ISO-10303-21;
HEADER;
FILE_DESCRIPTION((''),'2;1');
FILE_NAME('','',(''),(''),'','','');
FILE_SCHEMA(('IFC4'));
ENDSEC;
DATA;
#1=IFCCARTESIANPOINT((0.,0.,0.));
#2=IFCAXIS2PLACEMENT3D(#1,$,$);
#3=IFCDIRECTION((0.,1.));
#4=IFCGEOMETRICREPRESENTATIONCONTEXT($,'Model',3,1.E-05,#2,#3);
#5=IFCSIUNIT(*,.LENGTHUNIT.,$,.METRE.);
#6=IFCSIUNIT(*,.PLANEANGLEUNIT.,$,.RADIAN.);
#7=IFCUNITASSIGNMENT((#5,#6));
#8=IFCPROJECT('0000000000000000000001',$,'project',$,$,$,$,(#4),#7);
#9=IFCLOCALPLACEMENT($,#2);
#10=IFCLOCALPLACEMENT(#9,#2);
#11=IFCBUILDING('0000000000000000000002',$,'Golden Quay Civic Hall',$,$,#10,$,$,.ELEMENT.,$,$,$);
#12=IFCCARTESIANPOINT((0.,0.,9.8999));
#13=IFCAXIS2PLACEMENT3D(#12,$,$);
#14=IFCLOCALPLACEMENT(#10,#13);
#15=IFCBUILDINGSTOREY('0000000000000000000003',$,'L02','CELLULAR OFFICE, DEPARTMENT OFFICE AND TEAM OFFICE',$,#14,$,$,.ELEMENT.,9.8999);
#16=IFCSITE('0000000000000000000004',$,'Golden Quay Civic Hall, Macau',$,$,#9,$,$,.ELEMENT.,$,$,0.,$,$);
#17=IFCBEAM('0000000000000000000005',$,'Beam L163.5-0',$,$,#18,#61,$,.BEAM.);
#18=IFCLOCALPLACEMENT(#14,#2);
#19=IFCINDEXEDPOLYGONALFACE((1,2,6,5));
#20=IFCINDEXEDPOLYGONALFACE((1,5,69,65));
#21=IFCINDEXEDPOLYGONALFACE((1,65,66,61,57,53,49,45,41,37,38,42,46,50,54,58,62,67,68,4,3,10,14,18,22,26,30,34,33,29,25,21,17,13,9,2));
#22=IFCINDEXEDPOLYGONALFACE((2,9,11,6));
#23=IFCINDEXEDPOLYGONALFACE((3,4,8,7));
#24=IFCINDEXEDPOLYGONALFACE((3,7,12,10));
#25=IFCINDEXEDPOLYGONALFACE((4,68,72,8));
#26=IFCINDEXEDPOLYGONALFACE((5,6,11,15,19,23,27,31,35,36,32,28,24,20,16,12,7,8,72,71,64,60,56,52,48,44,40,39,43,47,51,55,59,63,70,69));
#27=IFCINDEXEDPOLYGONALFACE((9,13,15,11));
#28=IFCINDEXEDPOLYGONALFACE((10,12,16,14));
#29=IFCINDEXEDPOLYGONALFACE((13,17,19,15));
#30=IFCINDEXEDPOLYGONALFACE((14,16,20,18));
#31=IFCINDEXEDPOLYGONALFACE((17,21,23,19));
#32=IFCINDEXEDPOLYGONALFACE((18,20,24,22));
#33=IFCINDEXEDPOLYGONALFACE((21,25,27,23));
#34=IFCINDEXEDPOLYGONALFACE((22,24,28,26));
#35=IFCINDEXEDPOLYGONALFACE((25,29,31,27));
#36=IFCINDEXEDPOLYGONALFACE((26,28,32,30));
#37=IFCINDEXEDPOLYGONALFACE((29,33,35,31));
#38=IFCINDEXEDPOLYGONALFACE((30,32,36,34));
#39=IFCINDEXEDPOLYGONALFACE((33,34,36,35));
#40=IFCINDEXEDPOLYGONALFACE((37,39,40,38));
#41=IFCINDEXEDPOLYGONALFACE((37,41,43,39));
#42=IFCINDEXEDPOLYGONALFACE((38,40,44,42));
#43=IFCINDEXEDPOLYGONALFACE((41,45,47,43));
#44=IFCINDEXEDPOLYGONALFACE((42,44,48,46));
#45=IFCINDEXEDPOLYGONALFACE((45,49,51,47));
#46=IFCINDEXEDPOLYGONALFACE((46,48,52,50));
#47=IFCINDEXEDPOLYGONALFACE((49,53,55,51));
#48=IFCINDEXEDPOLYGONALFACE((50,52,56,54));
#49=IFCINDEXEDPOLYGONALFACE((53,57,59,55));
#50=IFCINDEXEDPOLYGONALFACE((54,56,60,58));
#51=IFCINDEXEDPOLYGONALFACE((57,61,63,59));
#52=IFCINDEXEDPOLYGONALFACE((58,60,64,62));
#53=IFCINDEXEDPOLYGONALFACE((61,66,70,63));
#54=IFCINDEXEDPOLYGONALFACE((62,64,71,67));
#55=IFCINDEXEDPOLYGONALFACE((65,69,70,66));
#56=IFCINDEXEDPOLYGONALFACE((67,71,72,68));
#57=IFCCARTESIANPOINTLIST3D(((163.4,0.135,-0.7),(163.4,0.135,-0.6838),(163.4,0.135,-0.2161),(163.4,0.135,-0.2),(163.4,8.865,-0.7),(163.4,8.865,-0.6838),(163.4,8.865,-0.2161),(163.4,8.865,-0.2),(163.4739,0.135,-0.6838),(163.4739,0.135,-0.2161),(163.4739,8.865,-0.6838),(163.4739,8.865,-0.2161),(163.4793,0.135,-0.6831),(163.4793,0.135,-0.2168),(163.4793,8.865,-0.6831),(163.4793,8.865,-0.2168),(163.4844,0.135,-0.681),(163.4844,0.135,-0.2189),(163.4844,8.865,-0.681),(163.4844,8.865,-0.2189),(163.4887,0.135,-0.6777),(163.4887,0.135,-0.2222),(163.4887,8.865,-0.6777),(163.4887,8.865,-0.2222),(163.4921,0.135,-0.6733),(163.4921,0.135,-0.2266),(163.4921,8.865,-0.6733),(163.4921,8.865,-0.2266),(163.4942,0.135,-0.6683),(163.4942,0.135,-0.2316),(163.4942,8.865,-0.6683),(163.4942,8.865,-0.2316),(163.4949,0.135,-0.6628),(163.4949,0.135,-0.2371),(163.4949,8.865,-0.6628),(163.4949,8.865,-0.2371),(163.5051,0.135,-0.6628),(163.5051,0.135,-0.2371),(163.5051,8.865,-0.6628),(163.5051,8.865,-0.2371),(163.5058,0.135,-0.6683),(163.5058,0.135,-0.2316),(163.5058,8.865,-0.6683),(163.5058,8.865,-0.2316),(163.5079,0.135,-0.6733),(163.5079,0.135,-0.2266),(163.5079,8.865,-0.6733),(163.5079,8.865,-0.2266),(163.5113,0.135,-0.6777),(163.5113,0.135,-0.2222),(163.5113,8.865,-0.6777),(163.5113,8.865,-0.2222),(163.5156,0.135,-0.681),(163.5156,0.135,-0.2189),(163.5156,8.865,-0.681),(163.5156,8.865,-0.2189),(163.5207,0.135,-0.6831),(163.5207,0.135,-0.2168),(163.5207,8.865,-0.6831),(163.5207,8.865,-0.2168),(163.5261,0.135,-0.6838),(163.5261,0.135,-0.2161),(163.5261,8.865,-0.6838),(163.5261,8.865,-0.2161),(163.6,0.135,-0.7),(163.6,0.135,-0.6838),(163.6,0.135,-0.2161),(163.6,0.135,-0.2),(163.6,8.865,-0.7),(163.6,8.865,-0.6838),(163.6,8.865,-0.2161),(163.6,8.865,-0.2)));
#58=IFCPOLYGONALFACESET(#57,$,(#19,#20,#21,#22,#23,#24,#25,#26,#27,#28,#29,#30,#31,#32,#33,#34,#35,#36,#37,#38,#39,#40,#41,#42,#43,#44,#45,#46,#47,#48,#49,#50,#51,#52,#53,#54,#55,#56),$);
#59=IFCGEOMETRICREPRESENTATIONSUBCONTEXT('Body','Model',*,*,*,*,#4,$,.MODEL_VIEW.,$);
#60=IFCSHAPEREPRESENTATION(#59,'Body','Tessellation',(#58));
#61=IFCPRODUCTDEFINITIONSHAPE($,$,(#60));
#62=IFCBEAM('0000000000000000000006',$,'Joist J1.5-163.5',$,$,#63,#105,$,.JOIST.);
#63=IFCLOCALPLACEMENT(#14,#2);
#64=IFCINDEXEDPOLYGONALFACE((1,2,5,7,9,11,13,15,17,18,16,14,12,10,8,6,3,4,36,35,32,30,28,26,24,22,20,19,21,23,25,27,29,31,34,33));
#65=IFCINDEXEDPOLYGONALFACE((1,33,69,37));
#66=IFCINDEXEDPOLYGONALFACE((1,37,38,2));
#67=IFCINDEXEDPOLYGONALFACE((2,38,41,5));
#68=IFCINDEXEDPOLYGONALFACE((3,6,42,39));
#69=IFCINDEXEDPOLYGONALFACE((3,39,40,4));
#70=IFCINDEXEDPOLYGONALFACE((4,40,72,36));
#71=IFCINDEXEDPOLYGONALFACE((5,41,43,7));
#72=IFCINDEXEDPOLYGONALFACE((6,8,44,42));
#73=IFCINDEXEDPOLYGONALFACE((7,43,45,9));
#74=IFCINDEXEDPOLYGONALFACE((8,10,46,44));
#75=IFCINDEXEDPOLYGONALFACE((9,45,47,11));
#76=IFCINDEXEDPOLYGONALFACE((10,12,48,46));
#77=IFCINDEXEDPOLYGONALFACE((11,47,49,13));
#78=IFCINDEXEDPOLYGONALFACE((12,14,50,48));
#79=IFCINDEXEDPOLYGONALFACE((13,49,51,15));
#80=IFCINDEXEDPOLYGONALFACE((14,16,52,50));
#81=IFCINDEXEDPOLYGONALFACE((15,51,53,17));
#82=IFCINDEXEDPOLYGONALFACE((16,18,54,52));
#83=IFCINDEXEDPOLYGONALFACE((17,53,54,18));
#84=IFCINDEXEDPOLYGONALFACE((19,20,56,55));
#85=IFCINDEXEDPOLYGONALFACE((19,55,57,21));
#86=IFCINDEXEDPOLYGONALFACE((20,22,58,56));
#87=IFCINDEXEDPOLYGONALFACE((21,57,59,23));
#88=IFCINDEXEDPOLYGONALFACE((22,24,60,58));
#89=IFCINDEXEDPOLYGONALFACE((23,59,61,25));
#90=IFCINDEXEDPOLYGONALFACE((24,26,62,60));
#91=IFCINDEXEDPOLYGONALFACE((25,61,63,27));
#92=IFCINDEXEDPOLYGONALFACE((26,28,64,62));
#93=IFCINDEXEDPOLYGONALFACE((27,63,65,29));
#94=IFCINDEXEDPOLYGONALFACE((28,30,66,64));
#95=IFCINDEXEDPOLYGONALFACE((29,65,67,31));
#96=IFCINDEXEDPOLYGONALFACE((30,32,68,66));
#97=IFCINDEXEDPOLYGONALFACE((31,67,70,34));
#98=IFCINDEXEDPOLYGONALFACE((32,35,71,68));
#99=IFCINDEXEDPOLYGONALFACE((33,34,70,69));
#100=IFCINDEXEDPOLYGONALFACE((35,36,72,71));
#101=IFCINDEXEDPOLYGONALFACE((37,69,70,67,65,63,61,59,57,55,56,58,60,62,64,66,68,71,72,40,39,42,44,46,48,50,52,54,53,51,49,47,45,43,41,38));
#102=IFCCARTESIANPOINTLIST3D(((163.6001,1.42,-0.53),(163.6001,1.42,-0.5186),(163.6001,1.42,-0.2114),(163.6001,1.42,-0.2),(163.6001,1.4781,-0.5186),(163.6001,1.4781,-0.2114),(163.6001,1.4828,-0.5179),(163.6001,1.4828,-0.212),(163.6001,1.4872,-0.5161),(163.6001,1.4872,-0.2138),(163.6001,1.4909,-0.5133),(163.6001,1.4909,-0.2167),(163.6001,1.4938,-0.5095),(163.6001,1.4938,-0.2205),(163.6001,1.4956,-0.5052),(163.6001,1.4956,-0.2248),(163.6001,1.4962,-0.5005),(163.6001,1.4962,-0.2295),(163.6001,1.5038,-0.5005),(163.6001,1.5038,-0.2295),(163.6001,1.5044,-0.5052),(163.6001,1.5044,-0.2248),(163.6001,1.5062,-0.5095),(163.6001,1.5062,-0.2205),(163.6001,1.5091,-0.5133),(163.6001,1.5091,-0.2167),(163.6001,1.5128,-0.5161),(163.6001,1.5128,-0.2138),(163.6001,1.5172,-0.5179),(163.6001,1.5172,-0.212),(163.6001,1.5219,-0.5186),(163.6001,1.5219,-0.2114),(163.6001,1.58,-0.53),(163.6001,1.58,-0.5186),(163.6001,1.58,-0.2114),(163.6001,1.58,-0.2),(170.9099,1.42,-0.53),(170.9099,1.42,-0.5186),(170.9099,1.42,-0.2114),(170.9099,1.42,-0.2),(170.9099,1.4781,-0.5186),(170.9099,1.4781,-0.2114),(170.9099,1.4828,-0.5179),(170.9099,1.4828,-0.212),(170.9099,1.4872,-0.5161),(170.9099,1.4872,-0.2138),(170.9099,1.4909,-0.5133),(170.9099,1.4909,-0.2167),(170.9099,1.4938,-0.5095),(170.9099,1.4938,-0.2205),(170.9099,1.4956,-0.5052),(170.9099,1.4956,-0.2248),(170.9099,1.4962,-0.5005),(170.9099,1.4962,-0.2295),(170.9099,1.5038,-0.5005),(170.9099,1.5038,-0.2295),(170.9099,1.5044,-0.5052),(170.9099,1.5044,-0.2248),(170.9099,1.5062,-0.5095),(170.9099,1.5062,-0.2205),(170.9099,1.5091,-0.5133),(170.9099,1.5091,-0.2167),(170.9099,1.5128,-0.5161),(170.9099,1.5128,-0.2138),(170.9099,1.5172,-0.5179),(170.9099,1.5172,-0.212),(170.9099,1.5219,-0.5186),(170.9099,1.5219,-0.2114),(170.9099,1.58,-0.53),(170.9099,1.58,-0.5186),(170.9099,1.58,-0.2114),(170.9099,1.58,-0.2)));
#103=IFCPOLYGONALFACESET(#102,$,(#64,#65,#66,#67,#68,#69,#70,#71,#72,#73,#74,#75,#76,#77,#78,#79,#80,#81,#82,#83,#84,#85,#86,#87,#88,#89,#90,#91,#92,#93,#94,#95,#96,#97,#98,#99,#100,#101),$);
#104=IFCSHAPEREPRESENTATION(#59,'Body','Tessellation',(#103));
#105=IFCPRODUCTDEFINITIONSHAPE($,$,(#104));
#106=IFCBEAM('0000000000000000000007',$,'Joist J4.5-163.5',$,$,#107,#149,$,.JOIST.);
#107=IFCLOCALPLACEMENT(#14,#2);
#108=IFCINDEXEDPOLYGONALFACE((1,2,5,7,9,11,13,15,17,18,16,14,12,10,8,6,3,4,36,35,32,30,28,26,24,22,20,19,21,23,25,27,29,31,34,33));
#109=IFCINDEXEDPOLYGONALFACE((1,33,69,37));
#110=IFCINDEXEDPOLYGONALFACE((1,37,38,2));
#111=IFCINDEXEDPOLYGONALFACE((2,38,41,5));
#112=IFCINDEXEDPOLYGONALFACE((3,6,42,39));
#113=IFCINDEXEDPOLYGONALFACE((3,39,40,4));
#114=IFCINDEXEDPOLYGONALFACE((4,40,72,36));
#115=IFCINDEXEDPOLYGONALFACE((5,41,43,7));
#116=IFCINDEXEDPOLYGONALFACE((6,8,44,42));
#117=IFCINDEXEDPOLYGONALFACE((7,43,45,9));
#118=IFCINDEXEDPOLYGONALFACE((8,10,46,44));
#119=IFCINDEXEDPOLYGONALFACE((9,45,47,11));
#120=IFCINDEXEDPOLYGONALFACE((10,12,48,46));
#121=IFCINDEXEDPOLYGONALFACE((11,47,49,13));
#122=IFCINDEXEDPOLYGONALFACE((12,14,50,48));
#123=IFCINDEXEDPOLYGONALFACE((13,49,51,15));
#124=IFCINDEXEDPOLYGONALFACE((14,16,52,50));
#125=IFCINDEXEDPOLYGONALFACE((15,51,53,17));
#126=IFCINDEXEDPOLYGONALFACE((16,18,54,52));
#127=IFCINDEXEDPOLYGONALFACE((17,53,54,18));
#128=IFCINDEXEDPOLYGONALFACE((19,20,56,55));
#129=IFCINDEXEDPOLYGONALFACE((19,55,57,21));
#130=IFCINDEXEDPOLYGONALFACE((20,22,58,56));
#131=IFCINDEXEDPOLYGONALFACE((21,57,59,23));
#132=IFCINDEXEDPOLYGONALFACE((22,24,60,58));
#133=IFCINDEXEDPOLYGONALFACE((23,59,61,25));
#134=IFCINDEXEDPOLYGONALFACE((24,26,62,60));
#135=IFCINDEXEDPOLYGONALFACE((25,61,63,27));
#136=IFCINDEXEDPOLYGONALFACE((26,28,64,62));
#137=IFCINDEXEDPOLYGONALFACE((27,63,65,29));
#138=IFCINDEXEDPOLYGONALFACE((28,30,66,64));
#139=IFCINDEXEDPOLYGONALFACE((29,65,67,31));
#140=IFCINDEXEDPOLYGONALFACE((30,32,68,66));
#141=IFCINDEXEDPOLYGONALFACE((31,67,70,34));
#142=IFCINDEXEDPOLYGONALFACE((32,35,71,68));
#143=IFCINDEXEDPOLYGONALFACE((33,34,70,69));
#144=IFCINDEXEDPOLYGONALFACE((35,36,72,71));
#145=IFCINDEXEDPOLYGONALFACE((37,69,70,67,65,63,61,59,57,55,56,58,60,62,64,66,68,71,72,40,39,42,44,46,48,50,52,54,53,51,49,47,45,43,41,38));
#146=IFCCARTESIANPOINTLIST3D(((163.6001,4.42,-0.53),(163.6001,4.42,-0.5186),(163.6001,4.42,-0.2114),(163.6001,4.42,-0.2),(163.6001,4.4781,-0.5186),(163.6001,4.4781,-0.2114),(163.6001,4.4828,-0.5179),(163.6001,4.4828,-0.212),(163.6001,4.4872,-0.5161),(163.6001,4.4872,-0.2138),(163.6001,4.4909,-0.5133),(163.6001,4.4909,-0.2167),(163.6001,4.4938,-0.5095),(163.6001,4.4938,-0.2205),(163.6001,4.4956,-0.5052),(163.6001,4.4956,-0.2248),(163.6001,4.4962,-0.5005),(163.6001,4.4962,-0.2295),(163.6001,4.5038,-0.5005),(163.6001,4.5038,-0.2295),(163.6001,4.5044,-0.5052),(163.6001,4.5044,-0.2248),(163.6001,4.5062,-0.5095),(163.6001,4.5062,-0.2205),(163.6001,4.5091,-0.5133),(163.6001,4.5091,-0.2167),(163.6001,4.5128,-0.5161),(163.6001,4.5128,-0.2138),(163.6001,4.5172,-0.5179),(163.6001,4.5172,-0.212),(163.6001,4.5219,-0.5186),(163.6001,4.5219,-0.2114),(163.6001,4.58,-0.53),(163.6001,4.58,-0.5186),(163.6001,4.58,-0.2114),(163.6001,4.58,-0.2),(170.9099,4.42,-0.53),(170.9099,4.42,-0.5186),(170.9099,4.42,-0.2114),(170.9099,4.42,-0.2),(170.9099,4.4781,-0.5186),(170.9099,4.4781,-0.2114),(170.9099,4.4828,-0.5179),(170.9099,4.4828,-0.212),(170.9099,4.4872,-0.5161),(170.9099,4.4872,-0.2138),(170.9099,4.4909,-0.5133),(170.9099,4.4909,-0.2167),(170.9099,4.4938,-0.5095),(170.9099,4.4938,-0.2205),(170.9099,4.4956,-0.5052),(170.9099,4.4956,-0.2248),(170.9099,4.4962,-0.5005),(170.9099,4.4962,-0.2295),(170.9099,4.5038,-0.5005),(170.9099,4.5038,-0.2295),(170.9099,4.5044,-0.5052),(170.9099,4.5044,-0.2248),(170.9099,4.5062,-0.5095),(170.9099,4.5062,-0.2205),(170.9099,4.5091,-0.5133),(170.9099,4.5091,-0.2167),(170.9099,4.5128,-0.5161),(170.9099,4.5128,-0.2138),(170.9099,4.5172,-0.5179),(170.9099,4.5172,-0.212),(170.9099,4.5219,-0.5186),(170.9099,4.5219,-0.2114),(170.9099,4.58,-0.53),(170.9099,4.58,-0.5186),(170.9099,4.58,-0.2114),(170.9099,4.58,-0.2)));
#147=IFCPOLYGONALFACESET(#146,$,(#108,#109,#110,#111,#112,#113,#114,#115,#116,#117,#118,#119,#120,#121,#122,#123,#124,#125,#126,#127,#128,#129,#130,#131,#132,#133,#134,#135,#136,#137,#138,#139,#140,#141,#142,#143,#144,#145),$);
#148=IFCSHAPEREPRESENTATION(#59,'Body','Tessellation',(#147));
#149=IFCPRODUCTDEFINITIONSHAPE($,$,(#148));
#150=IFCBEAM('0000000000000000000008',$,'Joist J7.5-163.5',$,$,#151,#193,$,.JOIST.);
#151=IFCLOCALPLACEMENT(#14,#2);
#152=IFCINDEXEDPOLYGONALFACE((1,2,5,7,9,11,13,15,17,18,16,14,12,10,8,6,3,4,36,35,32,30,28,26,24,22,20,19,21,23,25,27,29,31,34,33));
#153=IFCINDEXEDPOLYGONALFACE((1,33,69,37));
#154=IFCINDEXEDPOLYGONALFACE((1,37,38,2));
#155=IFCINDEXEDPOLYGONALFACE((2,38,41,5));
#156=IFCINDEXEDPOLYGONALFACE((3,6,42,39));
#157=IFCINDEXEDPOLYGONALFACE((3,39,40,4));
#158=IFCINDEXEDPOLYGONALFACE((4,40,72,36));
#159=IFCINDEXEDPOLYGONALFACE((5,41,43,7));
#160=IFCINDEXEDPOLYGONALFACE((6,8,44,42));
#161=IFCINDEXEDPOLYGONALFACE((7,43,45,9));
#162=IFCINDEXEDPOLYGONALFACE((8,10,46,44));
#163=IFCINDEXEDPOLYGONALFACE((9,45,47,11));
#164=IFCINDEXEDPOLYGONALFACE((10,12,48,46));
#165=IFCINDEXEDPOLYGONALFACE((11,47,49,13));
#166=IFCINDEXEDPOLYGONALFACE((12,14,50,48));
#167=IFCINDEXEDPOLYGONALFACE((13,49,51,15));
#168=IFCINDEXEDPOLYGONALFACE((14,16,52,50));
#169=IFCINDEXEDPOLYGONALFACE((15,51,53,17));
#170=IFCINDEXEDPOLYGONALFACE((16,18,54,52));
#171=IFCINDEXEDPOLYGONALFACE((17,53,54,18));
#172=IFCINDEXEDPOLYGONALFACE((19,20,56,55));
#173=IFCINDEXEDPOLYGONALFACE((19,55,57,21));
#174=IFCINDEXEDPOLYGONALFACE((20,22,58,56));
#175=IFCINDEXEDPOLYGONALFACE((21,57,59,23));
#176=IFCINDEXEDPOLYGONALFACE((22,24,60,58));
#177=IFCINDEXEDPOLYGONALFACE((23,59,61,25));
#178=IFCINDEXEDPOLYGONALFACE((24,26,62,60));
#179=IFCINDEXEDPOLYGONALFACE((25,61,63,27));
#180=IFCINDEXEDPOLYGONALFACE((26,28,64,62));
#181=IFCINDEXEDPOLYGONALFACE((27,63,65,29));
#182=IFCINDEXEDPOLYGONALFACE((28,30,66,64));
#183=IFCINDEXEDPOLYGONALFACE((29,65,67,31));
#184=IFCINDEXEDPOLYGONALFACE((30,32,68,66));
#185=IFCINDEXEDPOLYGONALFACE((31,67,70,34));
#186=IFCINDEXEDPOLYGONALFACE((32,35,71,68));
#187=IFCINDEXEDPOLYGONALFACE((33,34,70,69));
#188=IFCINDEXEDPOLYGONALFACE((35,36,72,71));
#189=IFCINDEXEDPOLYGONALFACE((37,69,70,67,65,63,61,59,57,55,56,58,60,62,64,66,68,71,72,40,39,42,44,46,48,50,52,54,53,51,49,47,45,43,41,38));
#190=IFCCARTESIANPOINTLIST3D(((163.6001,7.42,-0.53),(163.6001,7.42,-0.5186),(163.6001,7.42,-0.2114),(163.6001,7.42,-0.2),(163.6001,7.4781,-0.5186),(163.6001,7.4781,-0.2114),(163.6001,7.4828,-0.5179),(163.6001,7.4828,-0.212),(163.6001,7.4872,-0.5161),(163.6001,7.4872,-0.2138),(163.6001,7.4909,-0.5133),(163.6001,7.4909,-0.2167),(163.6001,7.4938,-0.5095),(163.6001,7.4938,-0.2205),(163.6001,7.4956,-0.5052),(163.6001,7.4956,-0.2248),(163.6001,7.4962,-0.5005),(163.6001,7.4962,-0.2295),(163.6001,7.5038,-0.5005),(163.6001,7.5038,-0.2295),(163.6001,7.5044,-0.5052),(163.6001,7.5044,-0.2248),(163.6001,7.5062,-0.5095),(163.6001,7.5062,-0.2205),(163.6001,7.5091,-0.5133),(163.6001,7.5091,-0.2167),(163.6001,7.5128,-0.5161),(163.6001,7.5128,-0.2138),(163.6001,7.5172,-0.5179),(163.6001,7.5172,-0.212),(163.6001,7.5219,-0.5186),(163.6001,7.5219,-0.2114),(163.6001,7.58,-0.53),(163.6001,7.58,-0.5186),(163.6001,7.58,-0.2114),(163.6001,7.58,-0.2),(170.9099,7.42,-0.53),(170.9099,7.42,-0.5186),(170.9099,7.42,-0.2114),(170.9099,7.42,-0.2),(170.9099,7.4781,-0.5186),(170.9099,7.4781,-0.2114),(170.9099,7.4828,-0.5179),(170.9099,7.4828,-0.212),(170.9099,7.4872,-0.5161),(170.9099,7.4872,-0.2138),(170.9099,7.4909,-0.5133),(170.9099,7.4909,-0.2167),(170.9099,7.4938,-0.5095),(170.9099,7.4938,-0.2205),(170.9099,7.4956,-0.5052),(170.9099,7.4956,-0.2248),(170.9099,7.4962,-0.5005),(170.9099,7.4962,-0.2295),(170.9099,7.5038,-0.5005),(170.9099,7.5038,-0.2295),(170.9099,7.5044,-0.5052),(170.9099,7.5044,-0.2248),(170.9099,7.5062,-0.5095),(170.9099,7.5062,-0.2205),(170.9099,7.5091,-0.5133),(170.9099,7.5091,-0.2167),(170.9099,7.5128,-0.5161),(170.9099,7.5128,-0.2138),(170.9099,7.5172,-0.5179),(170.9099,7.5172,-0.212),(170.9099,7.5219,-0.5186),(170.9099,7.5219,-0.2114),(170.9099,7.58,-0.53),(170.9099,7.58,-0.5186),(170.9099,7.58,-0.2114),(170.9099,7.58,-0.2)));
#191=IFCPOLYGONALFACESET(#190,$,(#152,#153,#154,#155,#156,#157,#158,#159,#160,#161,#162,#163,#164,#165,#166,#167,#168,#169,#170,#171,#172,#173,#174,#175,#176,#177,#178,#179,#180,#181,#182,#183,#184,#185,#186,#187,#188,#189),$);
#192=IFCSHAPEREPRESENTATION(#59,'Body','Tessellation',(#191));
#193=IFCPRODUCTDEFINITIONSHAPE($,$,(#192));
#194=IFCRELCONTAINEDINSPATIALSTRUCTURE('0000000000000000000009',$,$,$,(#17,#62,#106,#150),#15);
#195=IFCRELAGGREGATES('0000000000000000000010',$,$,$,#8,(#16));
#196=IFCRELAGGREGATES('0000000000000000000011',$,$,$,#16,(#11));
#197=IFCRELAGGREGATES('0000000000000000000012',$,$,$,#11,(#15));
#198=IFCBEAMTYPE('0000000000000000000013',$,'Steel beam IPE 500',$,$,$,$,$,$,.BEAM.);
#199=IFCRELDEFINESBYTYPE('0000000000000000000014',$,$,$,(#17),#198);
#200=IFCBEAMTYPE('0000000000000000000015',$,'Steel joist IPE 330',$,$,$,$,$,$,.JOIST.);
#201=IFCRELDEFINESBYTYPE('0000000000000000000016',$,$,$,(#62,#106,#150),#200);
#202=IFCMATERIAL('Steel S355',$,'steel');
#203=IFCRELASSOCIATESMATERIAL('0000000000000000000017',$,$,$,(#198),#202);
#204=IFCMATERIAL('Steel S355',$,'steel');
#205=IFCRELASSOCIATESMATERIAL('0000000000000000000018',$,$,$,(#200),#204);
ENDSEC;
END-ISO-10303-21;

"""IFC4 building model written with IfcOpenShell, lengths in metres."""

from ifc_helpers import new_model, si_unit, direction, frame, origin, origin_2d, place, context, subcontext, project, spatial, i_section, extrude, material, material_profile, profile_set, type_object, element, save


model = new_model("IFC4")

# Units and contexts
model_context = context("Model", 3, precision=1e-05, world=origin(), true_north=direction((0.0, 1.0)))
body_context = subcontext(model_context, "Body", "Model", "MODEL_VIEW")
ifc_project = project(units=[si_unit("LENGTHUNIT", "METRE"), si_unit("PLANEANGLEUNIT", "RADIAN")], contexts=[model_context])

# Site, building, storey
site_placement = place(None, origin())
site = spatial("IfcSite", under=ifc_project, at=site_placement, Name="Golden Quay Civic Hall, Macau", CompositionType="ELEMENT", RefElevation=0.0)
building_placement = place(site_placement, origin())
building = spatial("IfcBuilding", under=site, at=building_placement, Name="Golden Quay Civic Hall", CompositionType="ELEMENT")
storey_placement = place(building_placement, frame((0.0, 0.0, 9.8999)))
storey = spatial("IfcBuildingStorey", under=building, at=storey_placement, Name="L02", Description="CELLULAR OFFICE, DEPARTMENT OFFICE AND TEAM OFFICE", CompositionType="ELEMENT", Elevation=9.8999)

# Beams
ifc_material_1 = material(Name="Steel S355", Category="steel")
ifc_material_profile_1 = material_profile(ifc_material_1, i_section(OverallWidth=0.2, OverallDepth=0.5, WebThickness=0.0103, FlangeThickness=0.0161, FilletRadius=0.021, at=origin_2d()), Name="IPE 500")
ifc_profile_set_1 = profile_set([ifc_material_profile_1], Name="Steel S355")
beam_type_1 = type_object("IfcBeamType", Name="Steel beam IPE 500", PredefinedType="BEAM", material=ifc_profile_set_1)
beam_1_placement = place(storey_placement, frame((163.5, 0.135, -0.45), z_axis=(0.0, 1.0, 0.0), x_axis=(-1.0, 0.0, 0.0)))
element("IfcBeam", 1, at=beam_1_placement, inside=storey, type_object=beam_type_1, Name="Beam L163.5-0", PredefinedType="BEAM", context=body_context, shape_type="SweptSolid", body=[
    extrude(i_section(OverallWidth=0.2, OverallDepth=0.5, WebThickness=0.0103, FlangeThickness=0.0161, FilletRadius=0.021, at=origin_2d()), origin(), (0.0, 0.0, 1.0), 8.73),
])
ifc_material_2 = material(Name="Steel S355", Category="steel")
ifc_material_profile_2 = material_profile(ifc_material_2, i_section(OverallWidth=0.1599, OverallDepth=0.3301, WebThickness=0.0076, FlangeThickness=0.0115, FilletRadius=0.0181, at=origin_2d()), Name="IPE 330")
ifc_profile_set_2 = profile_set([ifc_material_profile_2], Name="Steel S355")
beam_type_2 = type_object("IfcBeamType", Name="Steel joist IPE 330", PredefinedType="JOIST", material=ifc_profile_set_2)
for number, where, z_axis, x_axis, name in (
    (2, (163.6001, 1.5, -0.365), (1.0, 0.0, 0.0), (0.0, 1.0, 0.0), "Joist J1.5-163.5"),
    (3, (163.6001, 4.5, -0.365), (1.0, 0.0, 0.0), (0.0, 1.0, 0.0), "Joist J4.5-163.5"),
    (4, (163.6001, 7.5, -0.365), (1.0, 0.0, 0.0), (0.0, 1.0, 0.0), "Joist J7.5-163.5"),
):
    element("IfcBeam", number, at=place(storey_placement, frame(where, z_axis=z_axis, x_axis=x_axis)), inside=storey, type_object=beam_type_2, Name=name, PredefinedType="JOIST", context=body_context, shape_type="SweptSolid", body=[
        extrude(i_section(OverallWidth=0.1599, OverallDepth=0.3301, WebThickness=0.0076, FlangeThickness=0.0115, FilletRadius=0.0181, at=origin_2d()), origin(), (0.0, 0.0, 1.0), 7.3098),
    ])

save(model, "model.ifc")
